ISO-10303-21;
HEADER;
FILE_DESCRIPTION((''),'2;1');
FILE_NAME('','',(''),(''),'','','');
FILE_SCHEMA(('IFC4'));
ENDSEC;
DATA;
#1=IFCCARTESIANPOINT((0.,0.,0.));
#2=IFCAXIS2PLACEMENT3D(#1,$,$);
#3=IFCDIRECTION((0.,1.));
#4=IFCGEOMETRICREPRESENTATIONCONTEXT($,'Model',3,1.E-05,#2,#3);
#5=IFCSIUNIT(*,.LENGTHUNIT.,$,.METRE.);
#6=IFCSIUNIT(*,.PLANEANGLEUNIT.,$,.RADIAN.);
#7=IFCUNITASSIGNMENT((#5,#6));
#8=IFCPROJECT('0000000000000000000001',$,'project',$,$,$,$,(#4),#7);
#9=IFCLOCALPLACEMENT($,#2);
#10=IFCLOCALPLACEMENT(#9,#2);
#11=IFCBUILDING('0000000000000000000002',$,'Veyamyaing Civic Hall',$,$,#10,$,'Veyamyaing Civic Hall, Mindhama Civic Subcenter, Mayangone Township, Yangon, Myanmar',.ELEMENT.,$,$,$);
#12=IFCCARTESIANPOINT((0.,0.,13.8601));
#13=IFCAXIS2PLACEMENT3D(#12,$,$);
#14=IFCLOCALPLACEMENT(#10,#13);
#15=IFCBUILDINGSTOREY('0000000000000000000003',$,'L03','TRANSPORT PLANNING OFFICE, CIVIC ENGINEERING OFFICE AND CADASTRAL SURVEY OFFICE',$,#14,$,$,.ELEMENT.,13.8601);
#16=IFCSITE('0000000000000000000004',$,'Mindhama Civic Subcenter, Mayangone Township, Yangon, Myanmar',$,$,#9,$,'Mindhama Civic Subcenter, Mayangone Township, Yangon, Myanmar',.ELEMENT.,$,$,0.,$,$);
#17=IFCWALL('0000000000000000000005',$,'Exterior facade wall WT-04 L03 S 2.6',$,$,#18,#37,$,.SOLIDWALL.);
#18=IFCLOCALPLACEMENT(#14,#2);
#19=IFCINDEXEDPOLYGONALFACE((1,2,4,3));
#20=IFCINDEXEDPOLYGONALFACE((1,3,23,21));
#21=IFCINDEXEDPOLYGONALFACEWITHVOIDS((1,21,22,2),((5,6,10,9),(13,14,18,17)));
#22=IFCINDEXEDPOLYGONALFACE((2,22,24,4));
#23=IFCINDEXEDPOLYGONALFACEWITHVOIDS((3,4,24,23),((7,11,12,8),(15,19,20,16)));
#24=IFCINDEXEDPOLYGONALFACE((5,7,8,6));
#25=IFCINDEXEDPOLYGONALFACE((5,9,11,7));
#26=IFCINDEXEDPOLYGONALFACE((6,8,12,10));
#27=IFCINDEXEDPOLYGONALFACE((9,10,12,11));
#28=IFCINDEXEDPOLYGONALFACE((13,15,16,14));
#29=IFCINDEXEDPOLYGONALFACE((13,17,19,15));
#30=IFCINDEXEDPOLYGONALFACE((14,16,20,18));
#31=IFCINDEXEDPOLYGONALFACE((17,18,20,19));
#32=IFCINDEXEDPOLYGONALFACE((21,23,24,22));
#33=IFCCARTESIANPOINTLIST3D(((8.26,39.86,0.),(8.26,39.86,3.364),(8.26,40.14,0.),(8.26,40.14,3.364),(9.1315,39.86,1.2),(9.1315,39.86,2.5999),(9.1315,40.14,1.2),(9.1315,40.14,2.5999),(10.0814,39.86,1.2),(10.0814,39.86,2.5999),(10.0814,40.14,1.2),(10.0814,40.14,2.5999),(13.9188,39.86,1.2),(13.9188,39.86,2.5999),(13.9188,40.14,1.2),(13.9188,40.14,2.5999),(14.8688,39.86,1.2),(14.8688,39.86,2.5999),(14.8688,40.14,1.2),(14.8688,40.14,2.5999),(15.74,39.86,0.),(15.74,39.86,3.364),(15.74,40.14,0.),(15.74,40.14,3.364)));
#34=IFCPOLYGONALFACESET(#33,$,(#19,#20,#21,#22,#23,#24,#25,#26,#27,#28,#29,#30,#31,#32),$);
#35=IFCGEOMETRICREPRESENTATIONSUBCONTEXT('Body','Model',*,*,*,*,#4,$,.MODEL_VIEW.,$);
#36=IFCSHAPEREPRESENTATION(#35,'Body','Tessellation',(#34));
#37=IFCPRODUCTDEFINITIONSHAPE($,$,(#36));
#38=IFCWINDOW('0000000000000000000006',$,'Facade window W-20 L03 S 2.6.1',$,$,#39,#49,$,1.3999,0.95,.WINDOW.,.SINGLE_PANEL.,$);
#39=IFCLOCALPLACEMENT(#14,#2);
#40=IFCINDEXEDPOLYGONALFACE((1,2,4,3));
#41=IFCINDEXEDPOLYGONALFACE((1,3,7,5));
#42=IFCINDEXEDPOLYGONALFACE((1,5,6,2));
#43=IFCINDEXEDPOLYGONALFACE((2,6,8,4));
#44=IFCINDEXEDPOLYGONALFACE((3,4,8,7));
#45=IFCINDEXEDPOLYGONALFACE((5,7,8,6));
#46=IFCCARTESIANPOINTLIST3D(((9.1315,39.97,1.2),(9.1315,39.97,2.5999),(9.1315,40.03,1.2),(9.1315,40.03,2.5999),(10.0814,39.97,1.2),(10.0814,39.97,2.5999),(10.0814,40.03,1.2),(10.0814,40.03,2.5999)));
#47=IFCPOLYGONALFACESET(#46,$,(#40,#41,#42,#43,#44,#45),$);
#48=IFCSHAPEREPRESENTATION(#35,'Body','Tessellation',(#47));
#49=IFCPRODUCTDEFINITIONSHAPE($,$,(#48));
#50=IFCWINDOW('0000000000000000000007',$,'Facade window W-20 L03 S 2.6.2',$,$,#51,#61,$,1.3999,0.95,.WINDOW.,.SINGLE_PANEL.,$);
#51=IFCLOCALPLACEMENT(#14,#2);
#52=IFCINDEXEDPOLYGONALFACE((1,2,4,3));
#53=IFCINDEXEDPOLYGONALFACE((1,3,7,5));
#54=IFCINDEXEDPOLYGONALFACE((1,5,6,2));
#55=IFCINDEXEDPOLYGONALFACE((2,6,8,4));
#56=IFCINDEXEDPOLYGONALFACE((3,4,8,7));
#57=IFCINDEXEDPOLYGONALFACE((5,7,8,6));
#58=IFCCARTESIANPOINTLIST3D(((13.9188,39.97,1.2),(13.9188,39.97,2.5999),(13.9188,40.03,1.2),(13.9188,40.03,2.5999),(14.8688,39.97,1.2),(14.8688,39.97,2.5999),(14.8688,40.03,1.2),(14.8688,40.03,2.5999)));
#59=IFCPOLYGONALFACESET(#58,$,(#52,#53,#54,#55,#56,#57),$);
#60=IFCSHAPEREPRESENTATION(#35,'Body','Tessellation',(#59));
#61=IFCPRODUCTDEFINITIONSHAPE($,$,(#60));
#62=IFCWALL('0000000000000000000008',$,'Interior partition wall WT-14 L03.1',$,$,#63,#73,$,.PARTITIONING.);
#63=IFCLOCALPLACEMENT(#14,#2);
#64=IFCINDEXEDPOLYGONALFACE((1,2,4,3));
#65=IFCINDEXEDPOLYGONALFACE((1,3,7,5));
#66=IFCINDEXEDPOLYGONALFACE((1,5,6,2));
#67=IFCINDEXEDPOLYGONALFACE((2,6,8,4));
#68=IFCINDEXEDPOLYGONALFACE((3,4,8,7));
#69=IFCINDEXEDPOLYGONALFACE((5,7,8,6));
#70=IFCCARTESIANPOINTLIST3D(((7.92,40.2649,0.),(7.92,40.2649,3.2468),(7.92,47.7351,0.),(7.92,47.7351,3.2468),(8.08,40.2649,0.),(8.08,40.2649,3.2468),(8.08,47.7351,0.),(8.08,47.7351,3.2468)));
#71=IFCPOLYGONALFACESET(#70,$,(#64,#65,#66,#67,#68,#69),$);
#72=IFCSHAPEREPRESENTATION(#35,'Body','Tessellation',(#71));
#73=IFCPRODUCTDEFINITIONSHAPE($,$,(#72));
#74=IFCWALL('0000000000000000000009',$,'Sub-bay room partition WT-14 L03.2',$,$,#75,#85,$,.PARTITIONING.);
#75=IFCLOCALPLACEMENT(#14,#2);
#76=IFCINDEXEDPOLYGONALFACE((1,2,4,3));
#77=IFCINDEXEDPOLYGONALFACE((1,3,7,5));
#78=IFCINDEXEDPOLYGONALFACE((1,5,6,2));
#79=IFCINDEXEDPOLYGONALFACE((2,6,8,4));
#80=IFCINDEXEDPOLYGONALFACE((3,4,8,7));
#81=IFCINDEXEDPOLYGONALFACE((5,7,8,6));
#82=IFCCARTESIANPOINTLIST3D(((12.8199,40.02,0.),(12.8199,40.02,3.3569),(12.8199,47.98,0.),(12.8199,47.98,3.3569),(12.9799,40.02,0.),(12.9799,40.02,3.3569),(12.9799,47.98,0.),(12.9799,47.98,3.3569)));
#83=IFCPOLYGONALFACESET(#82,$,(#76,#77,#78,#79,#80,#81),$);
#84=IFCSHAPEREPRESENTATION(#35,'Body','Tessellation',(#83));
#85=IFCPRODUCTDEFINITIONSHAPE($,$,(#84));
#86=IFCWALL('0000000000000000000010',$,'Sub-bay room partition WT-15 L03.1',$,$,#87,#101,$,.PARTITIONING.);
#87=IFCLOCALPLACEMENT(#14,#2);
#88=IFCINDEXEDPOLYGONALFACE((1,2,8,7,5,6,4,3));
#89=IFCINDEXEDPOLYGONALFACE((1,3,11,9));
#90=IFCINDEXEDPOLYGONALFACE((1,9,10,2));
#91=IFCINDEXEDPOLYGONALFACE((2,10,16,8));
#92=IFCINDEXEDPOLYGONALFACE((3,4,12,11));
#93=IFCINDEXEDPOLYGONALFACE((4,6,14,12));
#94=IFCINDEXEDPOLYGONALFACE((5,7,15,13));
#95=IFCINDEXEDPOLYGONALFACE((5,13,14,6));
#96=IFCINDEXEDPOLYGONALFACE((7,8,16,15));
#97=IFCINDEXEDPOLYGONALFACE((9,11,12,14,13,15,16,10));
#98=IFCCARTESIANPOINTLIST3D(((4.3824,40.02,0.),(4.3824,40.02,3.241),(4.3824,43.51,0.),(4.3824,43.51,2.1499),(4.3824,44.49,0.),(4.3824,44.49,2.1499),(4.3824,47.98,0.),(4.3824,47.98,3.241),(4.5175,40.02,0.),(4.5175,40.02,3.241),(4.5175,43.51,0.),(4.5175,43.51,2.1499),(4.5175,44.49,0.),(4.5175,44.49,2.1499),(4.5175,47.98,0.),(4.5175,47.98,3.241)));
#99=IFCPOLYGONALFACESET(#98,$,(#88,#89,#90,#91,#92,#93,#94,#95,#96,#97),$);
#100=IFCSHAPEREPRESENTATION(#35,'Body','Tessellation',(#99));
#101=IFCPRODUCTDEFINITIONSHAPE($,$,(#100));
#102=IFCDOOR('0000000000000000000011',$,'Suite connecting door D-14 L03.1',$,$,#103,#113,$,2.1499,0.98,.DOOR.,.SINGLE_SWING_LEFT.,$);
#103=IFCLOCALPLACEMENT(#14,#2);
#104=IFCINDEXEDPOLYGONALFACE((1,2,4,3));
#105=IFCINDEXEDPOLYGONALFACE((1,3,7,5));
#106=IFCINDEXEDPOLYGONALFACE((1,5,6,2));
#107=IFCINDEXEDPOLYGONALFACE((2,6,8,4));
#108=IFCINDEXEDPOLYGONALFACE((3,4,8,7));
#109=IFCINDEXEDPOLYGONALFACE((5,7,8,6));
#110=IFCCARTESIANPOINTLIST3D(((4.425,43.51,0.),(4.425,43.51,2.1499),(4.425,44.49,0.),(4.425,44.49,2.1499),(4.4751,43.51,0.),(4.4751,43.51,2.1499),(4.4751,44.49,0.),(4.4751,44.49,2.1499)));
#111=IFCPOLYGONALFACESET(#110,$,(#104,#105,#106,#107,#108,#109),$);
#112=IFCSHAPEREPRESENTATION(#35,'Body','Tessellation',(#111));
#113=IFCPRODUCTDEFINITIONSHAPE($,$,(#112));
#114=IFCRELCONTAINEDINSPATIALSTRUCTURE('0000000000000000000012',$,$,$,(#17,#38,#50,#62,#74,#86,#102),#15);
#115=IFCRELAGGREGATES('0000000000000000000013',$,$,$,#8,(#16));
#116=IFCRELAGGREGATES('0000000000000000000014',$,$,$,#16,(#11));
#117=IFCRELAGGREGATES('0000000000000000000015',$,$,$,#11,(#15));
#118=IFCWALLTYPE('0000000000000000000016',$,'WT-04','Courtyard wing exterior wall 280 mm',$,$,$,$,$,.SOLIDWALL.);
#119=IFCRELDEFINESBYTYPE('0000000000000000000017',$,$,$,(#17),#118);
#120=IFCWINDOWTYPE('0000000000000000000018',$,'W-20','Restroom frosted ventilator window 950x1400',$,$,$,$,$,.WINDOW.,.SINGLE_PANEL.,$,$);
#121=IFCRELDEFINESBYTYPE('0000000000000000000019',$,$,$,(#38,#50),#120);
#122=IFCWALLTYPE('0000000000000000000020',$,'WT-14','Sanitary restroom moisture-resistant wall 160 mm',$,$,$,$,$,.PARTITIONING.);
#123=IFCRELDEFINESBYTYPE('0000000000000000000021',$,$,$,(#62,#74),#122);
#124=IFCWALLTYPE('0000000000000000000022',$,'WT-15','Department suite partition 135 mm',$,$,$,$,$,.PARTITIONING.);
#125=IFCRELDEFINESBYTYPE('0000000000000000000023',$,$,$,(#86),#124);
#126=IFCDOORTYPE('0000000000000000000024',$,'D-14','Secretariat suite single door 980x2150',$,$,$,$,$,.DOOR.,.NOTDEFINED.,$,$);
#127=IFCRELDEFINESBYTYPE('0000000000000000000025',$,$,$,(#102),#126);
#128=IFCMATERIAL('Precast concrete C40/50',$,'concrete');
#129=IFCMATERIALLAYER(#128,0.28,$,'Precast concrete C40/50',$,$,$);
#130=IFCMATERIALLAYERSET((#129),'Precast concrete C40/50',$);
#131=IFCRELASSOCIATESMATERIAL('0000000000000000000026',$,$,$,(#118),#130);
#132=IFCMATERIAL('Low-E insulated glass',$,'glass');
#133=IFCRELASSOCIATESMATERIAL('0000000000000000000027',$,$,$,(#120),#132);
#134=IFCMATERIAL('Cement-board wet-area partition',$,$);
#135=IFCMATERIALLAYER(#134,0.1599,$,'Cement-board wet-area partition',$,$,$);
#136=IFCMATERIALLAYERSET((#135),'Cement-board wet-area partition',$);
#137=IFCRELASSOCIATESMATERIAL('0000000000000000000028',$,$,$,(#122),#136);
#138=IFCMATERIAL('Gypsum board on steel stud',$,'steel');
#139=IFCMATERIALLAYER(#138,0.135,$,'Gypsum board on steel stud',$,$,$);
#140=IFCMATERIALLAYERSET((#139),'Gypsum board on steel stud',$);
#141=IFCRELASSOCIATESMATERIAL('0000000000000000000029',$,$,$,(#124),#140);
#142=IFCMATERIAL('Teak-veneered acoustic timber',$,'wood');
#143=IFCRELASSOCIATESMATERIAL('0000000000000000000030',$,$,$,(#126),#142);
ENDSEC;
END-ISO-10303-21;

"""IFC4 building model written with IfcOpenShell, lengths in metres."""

from ifc_helpers import new_model, si_unit, direction, frame, frame_2d, origin, place, context, subcontext, project, spatial, rectangle, extrude, material, layer, layer_set, type_object, element, fill, save


model = new_model("IFC4")

# Units and contexts
model_context = context("Model", 3, precision=1e-05, world=origin(), true_north=direction((0.0, 1.0)))
body_context = subcontext(model_context, "Body", "Model", "MODEL_VIEW")
ifc_project = project(units=[si_unit("LENGTHUNIT", "METRE"), si_unit("PLANEANGLEUNIT", "RADIAN")], contexts=[model_context])

# Site, building, storey
site_placement = place(None, origin())
site = spatial("IfcSite", under=ifc_project, at=site_placement, Name="Mindhama Civic Subcenter, Mayangone Township, Yangon, Myanmar", LongName="Mindhama Civic Subcenter, Mayangone Township, Yangon, Myanmar", CompositionType="ELEMENT", RefElevation=0.0)
building_placement = place(site_placement, origin())
building = spatial("IfcBuilding", under=site, at=building_placement, Name="Veyamyaing Civic Hall", LongName="Veyamyaing Civic Hall, Mindhama Civic Subcenter, Mayangone Township, Yangon, Myanmar", CompositionType="ELEMENT")
storey_placement = place(building_placement, frame((0.0, 0.0, 13.8601)))
storey = spatial("IfcBuildingStorey", under=building, at=storey_placement, Name="L03", Description="TRANSPORT PLANNING OFFICE, CIVIC ENGINEERING OFFICE AND CADASTRAL SURVEY OFFICE", CompositionType="ELEMENT", Elevation=13.8601)

# Shared definitions
ifc_material_1 = material(Name="Low-E insulated glass", Category="glass")

# Wall, openings, windows
ifc_material_2 = material(Name="Precast concrete C40/50", Category="concrete")
ifc_layer_1 = layer(ifc_material_2, 0.28, Name="Precast concrete C40/50")
ifc_layer_set_1 = layer_set([ifc_layer_1], Name="Precast concrete C40/50")
wall_type_1 = type_object("IfcWallType", Name="WT-04", Description="Courtyard wing exterior wall 280 mm", PredefinedType="SOLIDWALL", material=ifc_layer_set_1)
wall_1_placement = place(storey_placement, frame((8.26, 40.0, 0.0), z_axis=(0.0, 0.0, 1.0), x_axis=(1.0, 0.0, 0.0)))
wall_1 = element("IfcWall", 1, at=wall_1_placement, inside=storey, type_object=wall_type_1, Name="Exterior facade wall WT-04 L03 S 2.6", PredefinedType="SOLIDWALL", context=body_context, shape_type="SweptSolid", body=[
    extrude(rectangle(XDim=7.48, YDim=0.28, at=frame_2d((3.74, 0.0))), origin(), (0.0, 0.0, 1.0), 3.364),
])
opening_1_placement = place(wall_1_placement, frame((0.8713, 0.0, 1.2)))
opening_1 = element("IfcOpeningElement", 2, at=opening_1_placement, cuts=wall_1, PredefinedType="OPENING", context=body_context, shape_type="SweptSolid", body=[
    extrude(rectangle(XDim=0.95, YDim=1.3999, at=frame_2d((0.4751, 0.7))), frame((0.0, 0.1499, 0.0), z_axis=(0.0, -1.0, 0.0), x_axis=(1.0, 0.0, 0.0)), (0.0, 0.0, 1.0), 0.3),
])
opening_2_placement = place(wall_1_placement, frame((5.6587, 0.0, 1.2)))
opening_2 = element("IfcOpeningElement", 3, at=opening_2_placement, cuts=wall_1, PredefinedType="OPENING", context=body_context, shape_type="SweptSolid", body=[
    extrude(rectangle(XDim=0.95, YDim=1.3999, at=frame_2d((0.4751, 0.7))), frame((0.0, 0.1499, 0.0), z_axis=(0.0, -1.0, 0.0), x_axis=(1.0, 0.0, 0.0)), (0.0, 0.0, 1.0), 0.3),
])
window_type = type_object("IfcWindowType", Name="W-20", Description="Restroom frosted ventilator window 950x1400", PartitioningType="SINGLE_PANEL", PredefinedType="WINDOW", material=ifc_material_1)
window_1_placement = place(opening_1_placement, origin())
window_1 = element("IfcWindow", 4, at=window_1_placement, inside=storey, type_object=window_type, Name="Facade window W-20 L03 S 2.6.1", OverallHeight=1.3999, OverallWidth=0.95, PartitioningType="SINGLE_PANEL", PredefinedType="WINDOW", context=body_context, shape_type="SweptSolid", body=[
    extrude(rectangle(XDim=0.95, YDim=1.3999, at=frame_2d((0.4751, 0.7))), frame((0.0, 0.03, 0.0), z_axis=(0.0, -1.0, 0.0), x_axis=(1.0, 0.0, 0.0)), (0.0, 0.0, 1.0), 0.0601),
])
fill(opening_1, window_1)
window_2_placement = place(opening_2_placement, origin())
window_2 = element("IfcWindow", 5, at=window_2_placement, inside=storey, type_object=window_type, Name="Facade window W-20 L03 S 2.6.2", OverallHeight=1.3999, OverallWidth=0.95, PartitioningType="SINGLE_PANEL", PredefinedType="WINDOW", context=body_context, shape_type="SweptSolid", body=[
    extrude(rectangle(XDim=0.95, YDim=1.3999, at=frame_2d((0.4751, 0.7))), frame((0.0, 0.03, 0.0), z_axis=(0.0, -1.0, 0.0), x_axis=(1.0, 0.0, 0.0)), (0.0, 0.0, 1.0), 0.0601),
])
fill(opening_2, window_2)

# Walls
ifc_material_3 = material(Name="Cement-board wet-area partition")
ifc_layer_2 = layer(ifc_material_3, 0.1599, Name="Cement-board wet-area partition")
ifc_layer_set_2 = layer_set([ifc_layer_2], Name="Cement-board wet-area partition")
wall_type_2 = type_object("IfcWallType", Name="WT-14", Description="Sanitary restroom moisture-resistant wall 160 mm", PredefinedType="PARTITIONING", material=ifc_layer_set_2)
wall_2_placement = place(storey_placement, frame((8.0, 40.2649, 0.0), z_axis=(0.0, 0.0, 1.0), x_axis=(0.0, 1.0, 0.0)))
element("IfcWall", 6, at=wall_2_placement, inside=storey, type_object=wall_type_2, Name="Interior partition wall WT-14 L03.1", PredefinedType="PARTITIONING", context=body_context, shape_type="SweptSolid", body=[
    extrude(rectangle(XDim=7.4702, YDim=0.1599, at=frame_2d((3.7351, 0.0))), origin(), (0.0, 0.0, 1.0), 3.2468),
])
wall_3_placement = place(storey_placement, frame((12.8999, 40.02, 0.0), z_axis=(0.0, 0.0, 1.0), x_axis=(0.0, 1.0, 0.0)))
element("IfcWall", 7, at=wall_3_placement, inside=storey, type_object=wall_type_2, Name="Sub-bay room partition WT-14 L03.2", PredefinedType="PARTITIONING", context=body_context, shape_type="SweptSolid", body=[
    extrude(rectangle(XDim=7.96, YDim=0.1599, at=frame_2d((3.98, 0.0))), origin(), (0.0, 0.0, 1.0), 3.3569),
])

# Wall, opening, door
ifc_material_4 = material(Name="Gypsum board on steel stud", Category="steel")
ifc_layer_3 = layer(ifc_material_4, 0.135, Name="Gypsum board on steel stud")
ifc_layer_set_3 = layer_set([ifc_layer_3], Name="Gypsum board on steel stud")
wall_type_3 = type_object("IfcWallType", Name="WT-15", Description="Department suite partition 135 mm", PredefinedType="PARTITIONING", material=ifc_layer_set_3)
wall_4_placement = place(storey_placement, frame((4.45, 40.02, 0.0), z_axis=(0.0, 0.0, 1.0), x_axis=(0.0, 1.0, 0.0)))
wall_4 = element("IfcWall", 8, at=wall_4_placement, inside=storey, type_object=wall_type_3, Name="Sub-bay room partition WT-15 L03.1", PredefinedType="PARTITIONING", context=body_context, shape_type="SweptSolid", body=[
    extrude(rectangle(XDim=7.96, YDim=0.135, at=frame_2d((3.98, 0.0))), origin(), (0.0, 0.0, 1.0), 3.241),
])
opening_3_placement = place(wall_4_placement, frame((3.49, 0.0, 0.0)))
opening_3 = element("IfcOpeningElement", 9, at=opening_3_placement, cuts=wall_4, PredefinedType="OPENING", context=body_context, shape_type="SweptSolid", body=[
    extrude(rectangle(XDim=0.98, YDim=2.1499, at=frame_2d((0.49, 1.075))), frame((0.0, 0.0774, 0.0), z_axis=(0.0, -1.0, 0.0), x_axis=(1.0, 0.0, 0.0)), (0.0, 0.0, 1.0), 0.155),
])
ifc_material_5 = material(Name="Teak-veneered acoustic timber", Category="wood")
door_type = type_object("IfcDoorType", Name="D-14", Description="Secretariat suite single door 980x2150", OperationType="NOTDEFINED", PredefinedType="DOOR", material=ifc_material_5)
door_placement = place(opening_3_placement, origin())
door = element("IfcDoor", 10, at=door_placement, inside=storey, type_object=door_type, Name="Suite connecting door D-14 L03.1", OperationType="SINGLE_SWING_LEFT", OverallHeight=2.1499, OverallWidth=0.98, PredefinedType="DOOR", context=body_context, shape_type="SweptSolid", body=[
    extrude(rectangle(XDim=0.98, YDim=2.1499, at=frame_2d((0.49, 1.075))), frame((0.0, 0.0249, 0.0), z_axis=(0.0, -1.0, 0.0), x_axis=(1.0, 0.0, 0.0)), (0.0, 0.0, 1.0), 0.05),
])
fill(opening_3, door)

save(model, "model.ifc")
